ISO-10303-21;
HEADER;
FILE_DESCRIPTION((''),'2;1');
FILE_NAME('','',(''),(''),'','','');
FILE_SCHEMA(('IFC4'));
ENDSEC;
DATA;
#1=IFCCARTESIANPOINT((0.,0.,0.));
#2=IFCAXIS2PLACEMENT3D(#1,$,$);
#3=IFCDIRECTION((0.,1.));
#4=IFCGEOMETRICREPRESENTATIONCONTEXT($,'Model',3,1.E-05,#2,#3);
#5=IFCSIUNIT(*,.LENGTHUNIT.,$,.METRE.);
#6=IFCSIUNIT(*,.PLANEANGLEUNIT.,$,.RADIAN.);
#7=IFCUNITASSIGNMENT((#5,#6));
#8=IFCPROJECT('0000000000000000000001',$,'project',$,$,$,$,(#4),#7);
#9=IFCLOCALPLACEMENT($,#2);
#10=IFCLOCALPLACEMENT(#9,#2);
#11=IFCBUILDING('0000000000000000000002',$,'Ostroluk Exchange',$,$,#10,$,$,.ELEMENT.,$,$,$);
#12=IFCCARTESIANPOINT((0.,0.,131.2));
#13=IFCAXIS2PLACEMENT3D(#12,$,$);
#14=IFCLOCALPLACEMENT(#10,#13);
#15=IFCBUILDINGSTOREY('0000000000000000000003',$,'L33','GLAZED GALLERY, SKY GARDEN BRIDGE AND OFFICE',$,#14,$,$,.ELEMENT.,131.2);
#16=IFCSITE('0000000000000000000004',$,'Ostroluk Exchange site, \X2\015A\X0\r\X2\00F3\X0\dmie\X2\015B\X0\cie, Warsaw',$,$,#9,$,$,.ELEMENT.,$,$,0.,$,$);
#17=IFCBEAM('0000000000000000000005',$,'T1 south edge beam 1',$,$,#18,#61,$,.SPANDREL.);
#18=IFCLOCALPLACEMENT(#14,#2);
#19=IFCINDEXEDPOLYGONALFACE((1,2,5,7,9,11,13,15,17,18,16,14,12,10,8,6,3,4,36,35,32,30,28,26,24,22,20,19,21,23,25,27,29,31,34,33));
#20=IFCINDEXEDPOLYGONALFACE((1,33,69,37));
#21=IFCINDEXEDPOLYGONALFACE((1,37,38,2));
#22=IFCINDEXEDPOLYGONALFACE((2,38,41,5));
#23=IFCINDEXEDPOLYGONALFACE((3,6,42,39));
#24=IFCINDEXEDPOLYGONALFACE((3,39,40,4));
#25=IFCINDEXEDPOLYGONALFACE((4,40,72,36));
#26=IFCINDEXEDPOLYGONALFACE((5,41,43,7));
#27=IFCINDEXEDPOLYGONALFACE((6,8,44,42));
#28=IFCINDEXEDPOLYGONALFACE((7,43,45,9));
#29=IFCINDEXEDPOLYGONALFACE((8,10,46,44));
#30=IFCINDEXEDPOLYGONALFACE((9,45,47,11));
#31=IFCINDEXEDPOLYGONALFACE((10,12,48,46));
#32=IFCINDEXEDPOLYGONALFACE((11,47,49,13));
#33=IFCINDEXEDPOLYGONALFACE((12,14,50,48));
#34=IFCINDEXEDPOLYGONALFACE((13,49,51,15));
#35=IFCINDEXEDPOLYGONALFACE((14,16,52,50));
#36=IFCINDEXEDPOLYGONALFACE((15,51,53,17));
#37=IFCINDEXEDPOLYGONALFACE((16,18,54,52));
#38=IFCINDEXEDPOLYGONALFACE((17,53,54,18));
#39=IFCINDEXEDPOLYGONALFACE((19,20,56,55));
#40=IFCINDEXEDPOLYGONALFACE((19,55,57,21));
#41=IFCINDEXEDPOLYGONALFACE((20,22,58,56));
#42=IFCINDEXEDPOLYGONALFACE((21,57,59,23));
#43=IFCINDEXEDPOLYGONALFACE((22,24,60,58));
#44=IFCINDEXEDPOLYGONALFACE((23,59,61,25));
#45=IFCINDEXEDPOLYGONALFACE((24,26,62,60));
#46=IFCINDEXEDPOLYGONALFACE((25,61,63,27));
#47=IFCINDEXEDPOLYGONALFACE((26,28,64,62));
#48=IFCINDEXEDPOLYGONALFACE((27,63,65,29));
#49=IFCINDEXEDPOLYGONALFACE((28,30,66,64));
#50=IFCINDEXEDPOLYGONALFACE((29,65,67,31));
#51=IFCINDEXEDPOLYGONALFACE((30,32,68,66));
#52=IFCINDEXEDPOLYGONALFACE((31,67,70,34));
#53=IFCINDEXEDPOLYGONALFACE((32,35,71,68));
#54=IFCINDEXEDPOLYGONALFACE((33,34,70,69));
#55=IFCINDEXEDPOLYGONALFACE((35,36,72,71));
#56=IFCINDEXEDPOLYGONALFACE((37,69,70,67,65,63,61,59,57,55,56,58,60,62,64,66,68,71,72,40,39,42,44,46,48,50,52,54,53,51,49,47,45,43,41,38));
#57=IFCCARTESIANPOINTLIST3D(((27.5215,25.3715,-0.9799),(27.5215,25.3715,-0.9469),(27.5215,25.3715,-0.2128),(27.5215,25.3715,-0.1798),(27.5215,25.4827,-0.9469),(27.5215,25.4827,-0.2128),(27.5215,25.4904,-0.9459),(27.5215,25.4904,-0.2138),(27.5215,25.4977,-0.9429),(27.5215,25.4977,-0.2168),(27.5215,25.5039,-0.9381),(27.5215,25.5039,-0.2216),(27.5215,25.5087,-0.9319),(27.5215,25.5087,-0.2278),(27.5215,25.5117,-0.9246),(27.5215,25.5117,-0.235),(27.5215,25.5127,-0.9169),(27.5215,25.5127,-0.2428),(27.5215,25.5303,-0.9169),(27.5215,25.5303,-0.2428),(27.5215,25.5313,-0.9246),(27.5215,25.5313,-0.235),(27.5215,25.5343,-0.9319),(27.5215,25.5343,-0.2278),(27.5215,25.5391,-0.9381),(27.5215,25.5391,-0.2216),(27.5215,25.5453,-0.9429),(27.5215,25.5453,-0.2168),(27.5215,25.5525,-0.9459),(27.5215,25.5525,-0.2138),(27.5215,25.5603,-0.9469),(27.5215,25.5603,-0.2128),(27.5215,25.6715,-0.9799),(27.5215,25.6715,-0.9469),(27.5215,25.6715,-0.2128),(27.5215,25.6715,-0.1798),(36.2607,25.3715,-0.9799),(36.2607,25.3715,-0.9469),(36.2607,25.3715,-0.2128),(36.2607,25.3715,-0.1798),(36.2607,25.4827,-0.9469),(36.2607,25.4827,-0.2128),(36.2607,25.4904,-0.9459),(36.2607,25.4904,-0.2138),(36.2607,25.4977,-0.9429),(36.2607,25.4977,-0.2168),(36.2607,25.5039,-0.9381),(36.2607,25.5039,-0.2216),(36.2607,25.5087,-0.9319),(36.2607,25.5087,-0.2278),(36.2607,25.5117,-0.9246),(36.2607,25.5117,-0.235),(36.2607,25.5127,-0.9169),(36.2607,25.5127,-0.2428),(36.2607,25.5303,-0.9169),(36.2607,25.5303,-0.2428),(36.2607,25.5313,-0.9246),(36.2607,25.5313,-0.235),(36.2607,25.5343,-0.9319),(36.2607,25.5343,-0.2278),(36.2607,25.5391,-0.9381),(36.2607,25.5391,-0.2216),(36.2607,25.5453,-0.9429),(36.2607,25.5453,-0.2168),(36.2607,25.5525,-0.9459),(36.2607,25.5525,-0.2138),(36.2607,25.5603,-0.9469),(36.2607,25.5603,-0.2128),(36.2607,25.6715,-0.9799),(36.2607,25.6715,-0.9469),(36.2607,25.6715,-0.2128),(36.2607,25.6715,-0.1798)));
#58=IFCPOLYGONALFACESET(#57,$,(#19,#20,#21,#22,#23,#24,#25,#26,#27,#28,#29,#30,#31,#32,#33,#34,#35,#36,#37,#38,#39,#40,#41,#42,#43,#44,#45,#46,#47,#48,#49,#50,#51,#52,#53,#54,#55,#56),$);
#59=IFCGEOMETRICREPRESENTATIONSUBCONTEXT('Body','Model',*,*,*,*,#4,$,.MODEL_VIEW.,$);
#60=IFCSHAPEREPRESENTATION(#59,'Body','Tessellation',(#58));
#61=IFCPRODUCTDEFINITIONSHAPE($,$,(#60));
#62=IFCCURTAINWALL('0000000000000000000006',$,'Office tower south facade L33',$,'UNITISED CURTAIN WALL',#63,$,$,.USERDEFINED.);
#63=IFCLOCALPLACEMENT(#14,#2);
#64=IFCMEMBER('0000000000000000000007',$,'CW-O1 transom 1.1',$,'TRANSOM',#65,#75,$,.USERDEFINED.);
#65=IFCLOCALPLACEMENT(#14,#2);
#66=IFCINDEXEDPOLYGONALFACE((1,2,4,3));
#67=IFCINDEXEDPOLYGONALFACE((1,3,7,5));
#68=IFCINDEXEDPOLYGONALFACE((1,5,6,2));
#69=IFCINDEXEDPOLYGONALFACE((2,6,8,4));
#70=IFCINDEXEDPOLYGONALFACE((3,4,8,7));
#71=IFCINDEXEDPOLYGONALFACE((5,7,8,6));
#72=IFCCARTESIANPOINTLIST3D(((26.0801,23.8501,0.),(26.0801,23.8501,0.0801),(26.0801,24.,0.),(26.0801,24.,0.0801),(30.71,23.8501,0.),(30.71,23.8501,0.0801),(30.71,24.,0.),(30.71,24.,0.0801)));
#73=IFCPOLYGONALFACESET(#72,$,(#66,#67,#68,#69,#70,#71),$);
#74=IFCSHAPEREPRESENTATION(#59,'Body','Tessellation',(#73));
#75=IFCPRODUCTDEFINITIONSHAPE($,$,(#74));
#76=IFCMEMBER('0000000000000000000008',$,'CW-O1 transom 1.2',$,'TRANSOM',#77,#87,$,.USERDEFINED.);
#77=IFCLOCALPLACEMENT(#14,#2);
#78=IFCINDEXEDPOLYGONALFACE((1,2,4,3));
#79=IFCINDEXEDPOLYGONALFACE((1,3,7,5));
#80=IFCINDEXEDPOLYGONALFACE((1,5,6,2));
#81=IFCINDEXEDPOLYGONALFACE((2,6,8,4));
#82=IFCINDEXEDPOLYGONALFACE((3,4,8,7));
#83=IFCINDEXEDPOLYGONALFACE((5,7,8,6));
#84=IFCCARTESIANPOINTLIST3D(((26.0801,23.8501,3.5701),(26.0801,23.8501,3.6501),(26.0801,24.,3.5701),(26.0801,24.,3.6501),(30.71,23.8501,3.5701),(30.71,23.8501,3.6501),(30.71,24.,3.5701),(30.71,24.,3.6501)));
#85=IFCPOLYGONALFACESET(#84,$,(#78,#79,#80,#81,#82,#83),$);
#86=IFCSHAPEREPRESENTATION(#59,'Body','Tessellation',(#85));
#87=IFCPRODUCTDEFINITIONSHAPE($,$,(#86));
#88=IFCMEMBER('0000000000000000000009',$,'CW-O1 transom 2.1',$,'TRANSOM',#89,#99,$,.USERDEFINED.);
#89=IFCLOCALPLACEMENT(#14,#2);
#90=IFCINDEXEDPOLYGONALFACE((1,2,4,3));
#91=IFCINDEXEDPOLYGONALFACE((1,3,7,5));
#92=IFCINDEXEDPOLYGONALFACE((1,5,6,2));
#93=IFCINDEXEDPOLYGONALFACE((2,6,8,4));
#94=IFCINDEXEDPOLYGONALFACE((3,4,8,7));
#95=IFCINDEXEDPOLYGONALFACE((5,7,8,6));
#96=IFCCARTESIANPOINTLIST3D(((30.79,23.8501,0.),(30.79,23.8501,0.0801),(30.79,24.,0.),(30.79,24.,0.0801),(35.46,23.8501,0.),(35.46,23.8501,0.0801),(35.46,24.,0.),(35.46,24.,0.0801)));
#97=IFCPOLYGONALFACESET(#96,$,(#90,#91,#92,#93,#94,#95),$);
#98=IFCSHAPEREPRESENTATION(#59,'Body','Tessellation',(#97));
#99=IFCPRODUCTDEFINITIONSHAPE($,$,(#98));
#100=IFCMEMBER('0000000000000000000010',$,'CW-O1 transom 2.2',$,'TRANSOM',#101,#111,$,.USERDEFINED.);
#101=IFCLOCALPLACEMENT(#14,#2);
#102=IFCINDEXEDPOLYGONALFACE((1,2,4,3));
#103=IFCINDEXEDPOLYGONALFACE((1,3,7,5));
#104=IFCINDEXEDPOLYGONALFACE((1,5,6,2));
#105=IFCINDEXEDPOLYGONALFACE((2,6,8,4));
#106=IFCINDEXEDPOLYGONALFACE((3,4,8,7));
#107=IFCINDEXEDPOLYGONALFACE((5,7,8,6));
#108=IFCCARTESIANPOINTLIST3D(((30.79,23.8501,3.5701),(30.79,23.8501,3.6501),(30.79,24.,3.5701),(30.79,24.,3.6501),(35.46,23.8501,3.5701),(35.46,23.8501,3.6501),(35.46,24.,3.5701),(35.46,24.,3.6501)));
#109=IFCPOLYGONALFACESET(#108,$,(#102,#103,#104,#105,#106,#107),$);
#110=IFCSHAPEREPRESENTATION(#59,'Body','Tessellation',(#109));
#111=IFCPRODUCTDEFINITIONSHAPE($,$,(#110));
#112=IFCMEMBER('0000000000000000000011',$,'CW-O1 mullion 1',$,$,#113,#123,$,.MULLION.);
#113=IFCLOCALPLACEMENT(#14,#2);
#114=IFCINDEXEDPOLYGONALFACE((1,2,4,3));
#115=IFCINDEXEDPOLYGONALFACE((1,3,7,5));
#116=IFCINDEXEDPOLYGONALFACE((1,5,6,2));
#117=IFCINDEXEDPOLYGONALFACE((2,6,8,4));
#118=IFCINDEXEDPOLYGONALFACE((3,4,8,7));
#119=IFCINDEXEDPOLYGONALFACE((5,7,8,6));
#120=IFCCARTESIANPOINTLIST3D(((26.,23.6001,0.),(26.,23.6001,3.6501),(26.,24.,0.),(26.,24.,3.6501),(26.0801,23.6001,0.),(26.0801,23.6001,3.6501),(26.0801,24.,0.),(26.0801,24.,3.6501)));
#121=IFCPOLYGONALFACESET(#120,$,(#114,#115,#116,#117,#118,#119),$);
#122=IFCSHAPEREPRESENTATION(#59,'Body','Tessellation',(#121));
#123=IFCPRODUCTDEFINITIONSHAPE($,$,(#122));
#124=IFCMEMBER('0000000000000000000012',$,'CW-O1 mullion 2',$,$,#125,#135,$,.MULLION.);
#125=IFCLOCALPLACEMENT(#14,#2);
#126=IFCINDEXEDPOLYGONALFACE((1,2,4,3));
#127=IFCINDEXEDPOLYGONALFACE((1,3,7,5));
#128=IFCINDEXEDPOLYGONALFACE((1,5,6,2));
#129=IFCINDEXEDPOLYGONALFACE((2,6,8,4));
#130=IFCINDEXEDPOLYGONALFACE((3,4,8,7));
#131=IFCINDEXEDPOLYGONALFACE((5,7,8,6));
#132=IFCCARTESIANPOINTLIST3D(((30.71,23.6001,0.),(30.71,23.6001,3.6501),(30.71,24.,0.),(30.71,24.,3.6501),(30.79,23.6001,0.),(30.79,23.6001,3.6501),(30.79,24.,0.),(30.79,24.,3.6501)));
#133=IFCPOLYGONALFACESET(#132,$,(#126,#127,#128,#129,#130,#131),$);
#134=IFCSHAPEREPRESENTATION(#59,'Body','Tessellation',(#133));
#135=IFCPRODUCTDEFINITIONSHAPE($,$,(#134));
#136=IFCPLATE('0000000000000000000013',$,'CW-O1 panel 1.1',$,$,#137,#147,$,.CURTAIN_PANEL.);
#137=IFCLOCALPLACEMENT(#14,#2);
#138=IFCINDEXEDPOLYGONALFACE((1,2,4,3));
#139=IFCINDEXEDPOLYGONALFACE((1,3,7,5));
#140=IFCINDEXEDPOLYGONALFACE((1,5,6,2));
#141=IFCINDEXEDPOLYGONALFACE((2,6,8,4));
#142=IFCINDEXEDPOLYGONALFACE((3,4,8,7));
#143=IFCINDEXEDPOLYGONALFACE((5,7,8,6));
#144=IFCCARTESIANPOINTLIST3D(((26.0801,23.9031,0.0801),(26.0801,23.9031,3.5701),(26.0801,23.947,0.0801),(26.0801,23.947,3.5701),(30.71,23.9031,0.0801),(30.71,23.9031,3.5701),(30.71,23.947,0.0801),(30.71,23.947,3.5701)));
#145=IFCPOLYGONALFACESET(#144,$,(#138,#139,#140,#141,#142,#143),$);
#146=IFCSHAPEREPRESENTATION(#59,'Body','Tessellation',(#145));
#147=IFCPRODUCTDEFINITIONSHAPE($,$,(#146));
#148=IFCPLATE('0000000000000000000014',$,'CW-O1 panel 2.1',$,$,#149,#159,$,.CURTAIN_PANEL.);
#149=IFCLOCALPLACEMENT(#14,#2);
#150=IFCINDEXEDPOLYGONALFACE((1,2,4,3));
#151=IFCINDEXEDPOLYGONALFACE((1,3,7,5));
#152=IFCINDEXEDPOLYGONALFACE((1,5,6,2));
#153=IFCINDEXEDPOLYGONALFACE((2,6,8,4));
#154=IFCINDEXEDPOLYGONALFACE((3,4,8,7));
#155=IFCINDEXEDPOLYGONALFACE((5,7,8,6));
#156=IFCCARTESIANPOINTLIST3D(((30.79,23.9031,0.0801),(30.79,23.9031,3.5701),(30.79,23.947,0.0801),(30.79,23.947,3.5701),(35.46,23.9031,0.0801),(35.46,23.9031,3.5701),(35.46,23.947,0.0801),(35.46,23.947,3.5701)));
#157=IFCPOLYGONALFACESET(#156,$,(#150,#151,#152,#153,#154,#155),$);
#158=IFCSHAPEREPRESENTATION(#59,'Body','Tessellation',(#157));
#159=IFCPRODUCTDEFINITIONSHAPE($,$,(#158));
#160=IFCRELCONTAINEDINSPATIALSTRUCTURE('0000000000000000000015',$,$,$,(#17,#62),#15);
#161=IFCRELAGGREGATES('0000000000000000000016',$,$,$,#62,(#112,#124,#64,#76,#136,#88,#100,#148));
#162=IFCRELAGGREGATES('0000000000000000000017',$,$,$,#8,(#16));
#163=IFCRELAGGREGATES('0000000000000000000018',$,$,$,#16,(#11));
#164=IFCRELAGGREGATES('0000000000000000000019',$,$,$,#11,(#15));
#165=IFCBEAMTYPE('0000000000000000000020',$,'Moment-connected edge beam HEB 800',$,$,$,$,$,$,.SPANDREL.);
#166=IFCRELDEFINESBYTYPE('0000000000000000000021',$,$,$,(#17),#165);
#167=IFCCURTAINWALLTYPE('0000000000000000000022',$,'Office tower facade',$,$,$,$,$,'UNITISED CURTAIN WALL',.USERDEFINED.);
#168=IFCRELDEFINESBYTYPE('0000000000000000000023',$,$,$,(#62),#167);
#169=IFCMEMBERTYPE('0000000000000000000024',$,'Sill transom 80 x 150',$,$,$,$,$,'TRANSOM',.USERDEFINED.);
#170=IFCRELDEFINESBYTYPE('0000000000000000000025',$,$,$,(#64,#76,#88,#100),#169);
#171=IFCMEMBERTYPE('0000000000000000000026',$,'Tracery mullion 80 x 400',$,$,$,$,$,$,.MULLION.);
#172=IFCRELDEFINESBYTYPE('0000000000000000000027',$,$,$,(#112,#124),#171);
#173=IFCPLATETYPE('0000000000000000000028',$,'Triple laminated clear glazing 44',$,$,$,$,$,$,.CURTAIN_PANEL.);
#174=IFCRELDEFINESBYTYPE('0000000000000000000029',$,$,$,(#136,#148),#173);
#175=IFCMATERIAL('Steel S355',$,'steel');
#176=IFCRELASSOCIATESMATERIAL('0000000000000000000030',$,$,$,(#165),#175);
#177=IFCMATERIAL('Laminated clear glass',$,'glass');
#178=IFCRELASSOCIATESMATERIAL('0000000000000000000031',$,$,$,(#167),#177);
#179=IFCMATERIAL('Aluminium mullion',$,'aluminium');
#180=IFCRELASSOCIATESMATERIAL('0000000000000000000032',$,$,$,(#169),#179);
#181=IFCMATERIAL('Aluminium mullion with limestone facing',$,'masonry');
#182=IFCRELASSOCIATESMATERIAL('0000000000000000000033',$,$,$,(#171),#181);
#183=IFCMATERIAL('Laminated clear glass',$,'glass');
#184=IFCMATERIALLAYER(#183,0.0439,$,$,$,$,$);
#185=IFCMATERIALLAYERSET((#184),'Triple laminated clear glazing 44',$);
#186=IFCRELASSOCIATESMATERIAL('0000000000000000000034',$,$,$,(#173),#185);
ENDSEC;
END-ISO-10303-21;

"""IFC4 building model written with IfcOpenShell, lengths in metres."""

from ifc_helpers import new_model, si_unit, direction, frame, origin, origin_2d, place, context, subcontext, project, spatial, rectangle, i_section, extrude, material, layer, layer_set, material_profile, profile_set, type_object, element, aggregate, save


model = new_model("IFC4")

# Units and contexts
model_context = context("Model", 3, precision=1e-05, world=origin(), true_north=direction((0.0, 1.0)))
body_context = subcontext(model_context, "Body", "Model", "MODEL_VIEW")
ifc_project = project(units=[si_unit("LENGTHUNIT", "METRE"), si_unit("PLANEANGLEUNIT", "RADIAN")], contexts=[model_context])

# Site, building, storey
site_placement = place(None, origin())
site = spatial("IfcSite", under=ifc_project, at=site_placement, Name="Ostroluk Exchange site, Śródmieście, Warsaw", CompositionType="ELEMENT", RefElevation=0.0)
building_placement = place(site_placement, origin())
building = spatial("IfcBuilding", under=site, at=building_placement, Name="Ostroluk Exchange", CompositionType="ELEMENT")
storey_placement = place(building_placement, frame((0.0, 0.0, 131.2)))
storey = spatial("IfcBuildingStorey", under=building, at=storey_placement, Name="L33", Description="GLAZED GALLERY, SKY GARDEN BRIDGE AND OFFICE", CompositionType="ELEMENT", Elevation=131.2)

# Beam
ifc_material_1 = material(Name="Steel S355", Category="steel")
ifc_material_profile_1 = material_profile(ifc_material_1, i_section(OverallWidth=0.3, OverallDepth=0.8, WebThickness=0.0176, FlangeThickness=0.033, FilletRadius=0.03, at=origin_2d()), Name="HEB 800")
ifc_profile_set_1 = profile_set([ifc_material_profile_1], Name="Steel S355")
beam_type_1 = type_object("IfcBeamType", Name="Moment-connected edge beam HEB 800", PredefinedType="SPANDREL", material=ifc_profile_set_1)
beam_1_placement = place(storey_placement, frame((27.5215, 25.5215, -0.5798), z_axis=(1.0, 0.0, 0.0), x_axis=(0.0, 1.0, 0.0)))
element("IfcBeam", 1, at=beam_1_placement, inside=storey, type_object=beam_type_1, Name="T1 south edge beam 1", PredefinedType="SPANDREL", context=body_context, shape_type="SweptSolid", body=[
    extrude(i_section(OverallWidth=0.3, OverallDepth=0.8, WebThickness=0.0176, FlangeThickness=0.033, FilletRadius=0.03, at=origin_2d()), origin(), (0.0, 0.0, 1.0), 8.7393),
])

# Curtain wall, members, plates
ifc_material_2 = material(Name="Laminated clear glass", Category="glass")
curtain_wall_type = type_object("IfcCurtainWallType", Name="Office tower facade", ElementType="UNITISED CURTAIN WALL", PredefinedType="USERDEFINED", material=ifc_material_2)
curtain_wall_placement = place(storey_placement, origin())
curtain_wall = element("IfcCurtainWall", 2, at=curtain_wall_placement, inside=storey, type_object=curtain_wall_type, Name="Office tower south facade L33", ObjectType="UNITISED CURTAIN WALL", PredefinedType="USERDEFINED")
ifc_material_3 = material(Name="Aluminium mullion", Category="aluminium")
ifc_material_profile_2 = material_profile(ifc_material_3, rectangle(XDim=0.1499, YDim=0.0801, at=origin_2d()), Name="Sill transom 80 x 150")
ifc_profile_set_2 = profile_set([ifc_material_profile_2], Name="Aluminium mullion")
member_type_1 = type_object("IfcMemberType", Name="Sill transom 80 x 150", ElementType="TRANSOM", PredefinedType="USERDEFINED", material=ifc_profile_set_2)
member_1_placement = place(storey_placement, frame((26.0801, 23.925, 0.04), z_axis=(1.0, 0.0, 0.0), x_axis=(0.0, 1.0, 0.0)))
member_1 = element("IfcMember", 3, at=member_1_placement, type_object=member_type_1, Name="CW-O1 transom 1.1", ObjectType="TRANSOM", PredefinedType="USERDEFINED", context=body_context, shape_type="SweptSolid", body=[
    extrude(rectangle(XDim=0.1499, YDim=0.0801, at=origin_2d()), origin(), (0.0, 0.0, 1.0), 4.6299),
])
member_2_placement = place(storey_placement, frame((26.0801, 23.925, 3.6101), z_axis=(1.0, 0.0, 0.0), x_axis=(0.0, 1.0, 0.0)))
member_2 = element("IfcMember", 4, at=member_2_placement, type_object=member_type_1, Name="CW-O1 transom 1.2", ObjectType="TRANSOM", PredefinedType="USERDEFINED", context=body_context, shape_type="SweptSolid", body=[
    extrude(rectangle(XDim=0.1499, YDim=0.0801, at=origin_2d()), origin(), (0.0, 0.0, 1.0), 4.6299),
])
member_3_placement = place(storey_placement, frame((30.79, 23.925, 0.04), z_axis=(1.0, 0.0, 0.0), x_axis=(0.0, 1.0, 0.0)))
member_3 = element("IfcMember", 5, at=member_3_placement, type_object=member_type_1, Name="CW-O1 transom 2.1", ObjectType="TRANSOM", PredefinedType="USERDEFINED", context=body_context, shape_type="SweptSolid", body=[
    extrude(rectangle(XDim=0.1499, YDim=0.0801, at=origin_2d()), origin(), (0.0, 0.0, 1.0), 4.6699),
])
member_4_placement = place(storey_placement, frame((30.79, 23.925, 3.6101), z_axis=(1.0, 0.0, 0.0), x_axis=(0.0, 1.0, 0.0)))
member_4 = element("IfcMember", 6, at=member_4_placement, type_object=member_type_1, Name="CW-O1 transom 2.2", ObjectType="TRANSOM", PredefinedType="USERDEFINED", context=body_context, shape_type="SweptSolid", body=[
    extrude(rectangle(XDim=0.1499, YDim=0.0801, at=origin_2d()), origin(), (0.0, 0.0, 1.0), 4.6699),
])
ifc_material_4 = material(Name="Aluminium mullion with limestone facing", Category="masonry")
ifc_material_profile_3 = material_profile(ifc_material_4, rectangle(XDim=0.3999, YDim=0.0801, at=origin_2d()), Name="Tracery mullion 80 x 400")
ifc_profile_set_3 = profile_set([ifc_material_profile_3], Name="Aluminium mullion with limestone facing")
member_type_2 = type_object("IfcMemberType", Name="Tracery mullion 80 x 400", PredefinedType="MULLION", material=ifc_profile_set_3)
member_5_placement = place(storey_placement, frame((26.04, 23.8, 0.0), z_axis=(0.0, 0.0, 1.0), x_axis=(0.0, 1.0, 0.0)))
member_5 = element("IfcMember", 7, at=member_5_placement, type_object=member_type_2, Name="CW-O1 mullion 1", PredefinedType="MULLION", context=body_context, shape_type="SweptSolid", body=[
    extrude(rectangle(XDim=0.3999, YDim=0.0801, at=origin_2d()), origin(), (0.0, 0.0, 1.0), 3.6501),
])
member_6_placement = place(storey_placement, frame((30.75, 23.8, 0.0), z_axis=(0.0, 0.0, 1.0), x_axis=(0.0, 1.0, 0.0)))
member_6 = element("IfcMember", 8, at=member_6_placement, type_object=member_type_2, Name="CW-O1 mullion 2", PredefinedType="MULLION", context=body_context, shape_type="SweptSolid", body=[
    extrude(rectangle(XDim=0.3999, YDim=0.0801, at=origin_2d()), origin(), (0.0, 0.0, 1.0), 3.6501),
])
ifc_material_5 = material(Name="Laminated clear glass", Category="glass")
ifc_layer_1 = layer(ifc_material_5, 0.0439)
ifc_layer_set_1 = layer_set([ifc_layer_1], Name="Triple laminated clear glazing 44")
plate_type = type_object("IfcPlateType", Name="Triple laminated clear glazing 44", PredefinedType="CURTAIN_PANEL", material=ifc_layer_set_1)
plate_1_placement = place(storey_placement, frame((28.395, 23.925, 0.0801), z_axis=(0.0, 0.0, 1.0), x_axis=(1.0, 0.0, 0.0)))
plate_1 = element("IfcPlate", 9, at=plate_1_placement, type_object=plate_type, Name="CW-O1 panel 1.1", PredefinedType="CURTAIN_PANEL", context=body_context, shape_type="SweptSolid", body=[
    extrude(rectangle(XDim=4.6299, YDim=0.0439, at=origin_2d()), origin(), (0.0, 0.0, 1.0), 3.49),
])
plate_2_placement = place(storey_placement, frame((33.125, 23.925, 0.0801), z_axis=(0.0, 0.0, 1.0), x_axis=(1.0, 0.0, 0.0)))
plate_2 = element("IfcPlate", 10, at=plate_2_placement, type_object=plate_type, Name="CW-O1 panel 2.1", PredefinedType="CURTAIN_PANEL", context=body_context, shape_type="SweptSolid", body=[
    extrude(rectangle(XDim=4.6699, YDim=0.0439, at=origin_2d()), origin(), (0.0, 0.0, 1.0), 3.49),
])
aggregate(curtain_wall, [member_5, member_6, member_1, member_2, plate_1, member_3, member_4, plate_2])

save(model, "model.ifc")
